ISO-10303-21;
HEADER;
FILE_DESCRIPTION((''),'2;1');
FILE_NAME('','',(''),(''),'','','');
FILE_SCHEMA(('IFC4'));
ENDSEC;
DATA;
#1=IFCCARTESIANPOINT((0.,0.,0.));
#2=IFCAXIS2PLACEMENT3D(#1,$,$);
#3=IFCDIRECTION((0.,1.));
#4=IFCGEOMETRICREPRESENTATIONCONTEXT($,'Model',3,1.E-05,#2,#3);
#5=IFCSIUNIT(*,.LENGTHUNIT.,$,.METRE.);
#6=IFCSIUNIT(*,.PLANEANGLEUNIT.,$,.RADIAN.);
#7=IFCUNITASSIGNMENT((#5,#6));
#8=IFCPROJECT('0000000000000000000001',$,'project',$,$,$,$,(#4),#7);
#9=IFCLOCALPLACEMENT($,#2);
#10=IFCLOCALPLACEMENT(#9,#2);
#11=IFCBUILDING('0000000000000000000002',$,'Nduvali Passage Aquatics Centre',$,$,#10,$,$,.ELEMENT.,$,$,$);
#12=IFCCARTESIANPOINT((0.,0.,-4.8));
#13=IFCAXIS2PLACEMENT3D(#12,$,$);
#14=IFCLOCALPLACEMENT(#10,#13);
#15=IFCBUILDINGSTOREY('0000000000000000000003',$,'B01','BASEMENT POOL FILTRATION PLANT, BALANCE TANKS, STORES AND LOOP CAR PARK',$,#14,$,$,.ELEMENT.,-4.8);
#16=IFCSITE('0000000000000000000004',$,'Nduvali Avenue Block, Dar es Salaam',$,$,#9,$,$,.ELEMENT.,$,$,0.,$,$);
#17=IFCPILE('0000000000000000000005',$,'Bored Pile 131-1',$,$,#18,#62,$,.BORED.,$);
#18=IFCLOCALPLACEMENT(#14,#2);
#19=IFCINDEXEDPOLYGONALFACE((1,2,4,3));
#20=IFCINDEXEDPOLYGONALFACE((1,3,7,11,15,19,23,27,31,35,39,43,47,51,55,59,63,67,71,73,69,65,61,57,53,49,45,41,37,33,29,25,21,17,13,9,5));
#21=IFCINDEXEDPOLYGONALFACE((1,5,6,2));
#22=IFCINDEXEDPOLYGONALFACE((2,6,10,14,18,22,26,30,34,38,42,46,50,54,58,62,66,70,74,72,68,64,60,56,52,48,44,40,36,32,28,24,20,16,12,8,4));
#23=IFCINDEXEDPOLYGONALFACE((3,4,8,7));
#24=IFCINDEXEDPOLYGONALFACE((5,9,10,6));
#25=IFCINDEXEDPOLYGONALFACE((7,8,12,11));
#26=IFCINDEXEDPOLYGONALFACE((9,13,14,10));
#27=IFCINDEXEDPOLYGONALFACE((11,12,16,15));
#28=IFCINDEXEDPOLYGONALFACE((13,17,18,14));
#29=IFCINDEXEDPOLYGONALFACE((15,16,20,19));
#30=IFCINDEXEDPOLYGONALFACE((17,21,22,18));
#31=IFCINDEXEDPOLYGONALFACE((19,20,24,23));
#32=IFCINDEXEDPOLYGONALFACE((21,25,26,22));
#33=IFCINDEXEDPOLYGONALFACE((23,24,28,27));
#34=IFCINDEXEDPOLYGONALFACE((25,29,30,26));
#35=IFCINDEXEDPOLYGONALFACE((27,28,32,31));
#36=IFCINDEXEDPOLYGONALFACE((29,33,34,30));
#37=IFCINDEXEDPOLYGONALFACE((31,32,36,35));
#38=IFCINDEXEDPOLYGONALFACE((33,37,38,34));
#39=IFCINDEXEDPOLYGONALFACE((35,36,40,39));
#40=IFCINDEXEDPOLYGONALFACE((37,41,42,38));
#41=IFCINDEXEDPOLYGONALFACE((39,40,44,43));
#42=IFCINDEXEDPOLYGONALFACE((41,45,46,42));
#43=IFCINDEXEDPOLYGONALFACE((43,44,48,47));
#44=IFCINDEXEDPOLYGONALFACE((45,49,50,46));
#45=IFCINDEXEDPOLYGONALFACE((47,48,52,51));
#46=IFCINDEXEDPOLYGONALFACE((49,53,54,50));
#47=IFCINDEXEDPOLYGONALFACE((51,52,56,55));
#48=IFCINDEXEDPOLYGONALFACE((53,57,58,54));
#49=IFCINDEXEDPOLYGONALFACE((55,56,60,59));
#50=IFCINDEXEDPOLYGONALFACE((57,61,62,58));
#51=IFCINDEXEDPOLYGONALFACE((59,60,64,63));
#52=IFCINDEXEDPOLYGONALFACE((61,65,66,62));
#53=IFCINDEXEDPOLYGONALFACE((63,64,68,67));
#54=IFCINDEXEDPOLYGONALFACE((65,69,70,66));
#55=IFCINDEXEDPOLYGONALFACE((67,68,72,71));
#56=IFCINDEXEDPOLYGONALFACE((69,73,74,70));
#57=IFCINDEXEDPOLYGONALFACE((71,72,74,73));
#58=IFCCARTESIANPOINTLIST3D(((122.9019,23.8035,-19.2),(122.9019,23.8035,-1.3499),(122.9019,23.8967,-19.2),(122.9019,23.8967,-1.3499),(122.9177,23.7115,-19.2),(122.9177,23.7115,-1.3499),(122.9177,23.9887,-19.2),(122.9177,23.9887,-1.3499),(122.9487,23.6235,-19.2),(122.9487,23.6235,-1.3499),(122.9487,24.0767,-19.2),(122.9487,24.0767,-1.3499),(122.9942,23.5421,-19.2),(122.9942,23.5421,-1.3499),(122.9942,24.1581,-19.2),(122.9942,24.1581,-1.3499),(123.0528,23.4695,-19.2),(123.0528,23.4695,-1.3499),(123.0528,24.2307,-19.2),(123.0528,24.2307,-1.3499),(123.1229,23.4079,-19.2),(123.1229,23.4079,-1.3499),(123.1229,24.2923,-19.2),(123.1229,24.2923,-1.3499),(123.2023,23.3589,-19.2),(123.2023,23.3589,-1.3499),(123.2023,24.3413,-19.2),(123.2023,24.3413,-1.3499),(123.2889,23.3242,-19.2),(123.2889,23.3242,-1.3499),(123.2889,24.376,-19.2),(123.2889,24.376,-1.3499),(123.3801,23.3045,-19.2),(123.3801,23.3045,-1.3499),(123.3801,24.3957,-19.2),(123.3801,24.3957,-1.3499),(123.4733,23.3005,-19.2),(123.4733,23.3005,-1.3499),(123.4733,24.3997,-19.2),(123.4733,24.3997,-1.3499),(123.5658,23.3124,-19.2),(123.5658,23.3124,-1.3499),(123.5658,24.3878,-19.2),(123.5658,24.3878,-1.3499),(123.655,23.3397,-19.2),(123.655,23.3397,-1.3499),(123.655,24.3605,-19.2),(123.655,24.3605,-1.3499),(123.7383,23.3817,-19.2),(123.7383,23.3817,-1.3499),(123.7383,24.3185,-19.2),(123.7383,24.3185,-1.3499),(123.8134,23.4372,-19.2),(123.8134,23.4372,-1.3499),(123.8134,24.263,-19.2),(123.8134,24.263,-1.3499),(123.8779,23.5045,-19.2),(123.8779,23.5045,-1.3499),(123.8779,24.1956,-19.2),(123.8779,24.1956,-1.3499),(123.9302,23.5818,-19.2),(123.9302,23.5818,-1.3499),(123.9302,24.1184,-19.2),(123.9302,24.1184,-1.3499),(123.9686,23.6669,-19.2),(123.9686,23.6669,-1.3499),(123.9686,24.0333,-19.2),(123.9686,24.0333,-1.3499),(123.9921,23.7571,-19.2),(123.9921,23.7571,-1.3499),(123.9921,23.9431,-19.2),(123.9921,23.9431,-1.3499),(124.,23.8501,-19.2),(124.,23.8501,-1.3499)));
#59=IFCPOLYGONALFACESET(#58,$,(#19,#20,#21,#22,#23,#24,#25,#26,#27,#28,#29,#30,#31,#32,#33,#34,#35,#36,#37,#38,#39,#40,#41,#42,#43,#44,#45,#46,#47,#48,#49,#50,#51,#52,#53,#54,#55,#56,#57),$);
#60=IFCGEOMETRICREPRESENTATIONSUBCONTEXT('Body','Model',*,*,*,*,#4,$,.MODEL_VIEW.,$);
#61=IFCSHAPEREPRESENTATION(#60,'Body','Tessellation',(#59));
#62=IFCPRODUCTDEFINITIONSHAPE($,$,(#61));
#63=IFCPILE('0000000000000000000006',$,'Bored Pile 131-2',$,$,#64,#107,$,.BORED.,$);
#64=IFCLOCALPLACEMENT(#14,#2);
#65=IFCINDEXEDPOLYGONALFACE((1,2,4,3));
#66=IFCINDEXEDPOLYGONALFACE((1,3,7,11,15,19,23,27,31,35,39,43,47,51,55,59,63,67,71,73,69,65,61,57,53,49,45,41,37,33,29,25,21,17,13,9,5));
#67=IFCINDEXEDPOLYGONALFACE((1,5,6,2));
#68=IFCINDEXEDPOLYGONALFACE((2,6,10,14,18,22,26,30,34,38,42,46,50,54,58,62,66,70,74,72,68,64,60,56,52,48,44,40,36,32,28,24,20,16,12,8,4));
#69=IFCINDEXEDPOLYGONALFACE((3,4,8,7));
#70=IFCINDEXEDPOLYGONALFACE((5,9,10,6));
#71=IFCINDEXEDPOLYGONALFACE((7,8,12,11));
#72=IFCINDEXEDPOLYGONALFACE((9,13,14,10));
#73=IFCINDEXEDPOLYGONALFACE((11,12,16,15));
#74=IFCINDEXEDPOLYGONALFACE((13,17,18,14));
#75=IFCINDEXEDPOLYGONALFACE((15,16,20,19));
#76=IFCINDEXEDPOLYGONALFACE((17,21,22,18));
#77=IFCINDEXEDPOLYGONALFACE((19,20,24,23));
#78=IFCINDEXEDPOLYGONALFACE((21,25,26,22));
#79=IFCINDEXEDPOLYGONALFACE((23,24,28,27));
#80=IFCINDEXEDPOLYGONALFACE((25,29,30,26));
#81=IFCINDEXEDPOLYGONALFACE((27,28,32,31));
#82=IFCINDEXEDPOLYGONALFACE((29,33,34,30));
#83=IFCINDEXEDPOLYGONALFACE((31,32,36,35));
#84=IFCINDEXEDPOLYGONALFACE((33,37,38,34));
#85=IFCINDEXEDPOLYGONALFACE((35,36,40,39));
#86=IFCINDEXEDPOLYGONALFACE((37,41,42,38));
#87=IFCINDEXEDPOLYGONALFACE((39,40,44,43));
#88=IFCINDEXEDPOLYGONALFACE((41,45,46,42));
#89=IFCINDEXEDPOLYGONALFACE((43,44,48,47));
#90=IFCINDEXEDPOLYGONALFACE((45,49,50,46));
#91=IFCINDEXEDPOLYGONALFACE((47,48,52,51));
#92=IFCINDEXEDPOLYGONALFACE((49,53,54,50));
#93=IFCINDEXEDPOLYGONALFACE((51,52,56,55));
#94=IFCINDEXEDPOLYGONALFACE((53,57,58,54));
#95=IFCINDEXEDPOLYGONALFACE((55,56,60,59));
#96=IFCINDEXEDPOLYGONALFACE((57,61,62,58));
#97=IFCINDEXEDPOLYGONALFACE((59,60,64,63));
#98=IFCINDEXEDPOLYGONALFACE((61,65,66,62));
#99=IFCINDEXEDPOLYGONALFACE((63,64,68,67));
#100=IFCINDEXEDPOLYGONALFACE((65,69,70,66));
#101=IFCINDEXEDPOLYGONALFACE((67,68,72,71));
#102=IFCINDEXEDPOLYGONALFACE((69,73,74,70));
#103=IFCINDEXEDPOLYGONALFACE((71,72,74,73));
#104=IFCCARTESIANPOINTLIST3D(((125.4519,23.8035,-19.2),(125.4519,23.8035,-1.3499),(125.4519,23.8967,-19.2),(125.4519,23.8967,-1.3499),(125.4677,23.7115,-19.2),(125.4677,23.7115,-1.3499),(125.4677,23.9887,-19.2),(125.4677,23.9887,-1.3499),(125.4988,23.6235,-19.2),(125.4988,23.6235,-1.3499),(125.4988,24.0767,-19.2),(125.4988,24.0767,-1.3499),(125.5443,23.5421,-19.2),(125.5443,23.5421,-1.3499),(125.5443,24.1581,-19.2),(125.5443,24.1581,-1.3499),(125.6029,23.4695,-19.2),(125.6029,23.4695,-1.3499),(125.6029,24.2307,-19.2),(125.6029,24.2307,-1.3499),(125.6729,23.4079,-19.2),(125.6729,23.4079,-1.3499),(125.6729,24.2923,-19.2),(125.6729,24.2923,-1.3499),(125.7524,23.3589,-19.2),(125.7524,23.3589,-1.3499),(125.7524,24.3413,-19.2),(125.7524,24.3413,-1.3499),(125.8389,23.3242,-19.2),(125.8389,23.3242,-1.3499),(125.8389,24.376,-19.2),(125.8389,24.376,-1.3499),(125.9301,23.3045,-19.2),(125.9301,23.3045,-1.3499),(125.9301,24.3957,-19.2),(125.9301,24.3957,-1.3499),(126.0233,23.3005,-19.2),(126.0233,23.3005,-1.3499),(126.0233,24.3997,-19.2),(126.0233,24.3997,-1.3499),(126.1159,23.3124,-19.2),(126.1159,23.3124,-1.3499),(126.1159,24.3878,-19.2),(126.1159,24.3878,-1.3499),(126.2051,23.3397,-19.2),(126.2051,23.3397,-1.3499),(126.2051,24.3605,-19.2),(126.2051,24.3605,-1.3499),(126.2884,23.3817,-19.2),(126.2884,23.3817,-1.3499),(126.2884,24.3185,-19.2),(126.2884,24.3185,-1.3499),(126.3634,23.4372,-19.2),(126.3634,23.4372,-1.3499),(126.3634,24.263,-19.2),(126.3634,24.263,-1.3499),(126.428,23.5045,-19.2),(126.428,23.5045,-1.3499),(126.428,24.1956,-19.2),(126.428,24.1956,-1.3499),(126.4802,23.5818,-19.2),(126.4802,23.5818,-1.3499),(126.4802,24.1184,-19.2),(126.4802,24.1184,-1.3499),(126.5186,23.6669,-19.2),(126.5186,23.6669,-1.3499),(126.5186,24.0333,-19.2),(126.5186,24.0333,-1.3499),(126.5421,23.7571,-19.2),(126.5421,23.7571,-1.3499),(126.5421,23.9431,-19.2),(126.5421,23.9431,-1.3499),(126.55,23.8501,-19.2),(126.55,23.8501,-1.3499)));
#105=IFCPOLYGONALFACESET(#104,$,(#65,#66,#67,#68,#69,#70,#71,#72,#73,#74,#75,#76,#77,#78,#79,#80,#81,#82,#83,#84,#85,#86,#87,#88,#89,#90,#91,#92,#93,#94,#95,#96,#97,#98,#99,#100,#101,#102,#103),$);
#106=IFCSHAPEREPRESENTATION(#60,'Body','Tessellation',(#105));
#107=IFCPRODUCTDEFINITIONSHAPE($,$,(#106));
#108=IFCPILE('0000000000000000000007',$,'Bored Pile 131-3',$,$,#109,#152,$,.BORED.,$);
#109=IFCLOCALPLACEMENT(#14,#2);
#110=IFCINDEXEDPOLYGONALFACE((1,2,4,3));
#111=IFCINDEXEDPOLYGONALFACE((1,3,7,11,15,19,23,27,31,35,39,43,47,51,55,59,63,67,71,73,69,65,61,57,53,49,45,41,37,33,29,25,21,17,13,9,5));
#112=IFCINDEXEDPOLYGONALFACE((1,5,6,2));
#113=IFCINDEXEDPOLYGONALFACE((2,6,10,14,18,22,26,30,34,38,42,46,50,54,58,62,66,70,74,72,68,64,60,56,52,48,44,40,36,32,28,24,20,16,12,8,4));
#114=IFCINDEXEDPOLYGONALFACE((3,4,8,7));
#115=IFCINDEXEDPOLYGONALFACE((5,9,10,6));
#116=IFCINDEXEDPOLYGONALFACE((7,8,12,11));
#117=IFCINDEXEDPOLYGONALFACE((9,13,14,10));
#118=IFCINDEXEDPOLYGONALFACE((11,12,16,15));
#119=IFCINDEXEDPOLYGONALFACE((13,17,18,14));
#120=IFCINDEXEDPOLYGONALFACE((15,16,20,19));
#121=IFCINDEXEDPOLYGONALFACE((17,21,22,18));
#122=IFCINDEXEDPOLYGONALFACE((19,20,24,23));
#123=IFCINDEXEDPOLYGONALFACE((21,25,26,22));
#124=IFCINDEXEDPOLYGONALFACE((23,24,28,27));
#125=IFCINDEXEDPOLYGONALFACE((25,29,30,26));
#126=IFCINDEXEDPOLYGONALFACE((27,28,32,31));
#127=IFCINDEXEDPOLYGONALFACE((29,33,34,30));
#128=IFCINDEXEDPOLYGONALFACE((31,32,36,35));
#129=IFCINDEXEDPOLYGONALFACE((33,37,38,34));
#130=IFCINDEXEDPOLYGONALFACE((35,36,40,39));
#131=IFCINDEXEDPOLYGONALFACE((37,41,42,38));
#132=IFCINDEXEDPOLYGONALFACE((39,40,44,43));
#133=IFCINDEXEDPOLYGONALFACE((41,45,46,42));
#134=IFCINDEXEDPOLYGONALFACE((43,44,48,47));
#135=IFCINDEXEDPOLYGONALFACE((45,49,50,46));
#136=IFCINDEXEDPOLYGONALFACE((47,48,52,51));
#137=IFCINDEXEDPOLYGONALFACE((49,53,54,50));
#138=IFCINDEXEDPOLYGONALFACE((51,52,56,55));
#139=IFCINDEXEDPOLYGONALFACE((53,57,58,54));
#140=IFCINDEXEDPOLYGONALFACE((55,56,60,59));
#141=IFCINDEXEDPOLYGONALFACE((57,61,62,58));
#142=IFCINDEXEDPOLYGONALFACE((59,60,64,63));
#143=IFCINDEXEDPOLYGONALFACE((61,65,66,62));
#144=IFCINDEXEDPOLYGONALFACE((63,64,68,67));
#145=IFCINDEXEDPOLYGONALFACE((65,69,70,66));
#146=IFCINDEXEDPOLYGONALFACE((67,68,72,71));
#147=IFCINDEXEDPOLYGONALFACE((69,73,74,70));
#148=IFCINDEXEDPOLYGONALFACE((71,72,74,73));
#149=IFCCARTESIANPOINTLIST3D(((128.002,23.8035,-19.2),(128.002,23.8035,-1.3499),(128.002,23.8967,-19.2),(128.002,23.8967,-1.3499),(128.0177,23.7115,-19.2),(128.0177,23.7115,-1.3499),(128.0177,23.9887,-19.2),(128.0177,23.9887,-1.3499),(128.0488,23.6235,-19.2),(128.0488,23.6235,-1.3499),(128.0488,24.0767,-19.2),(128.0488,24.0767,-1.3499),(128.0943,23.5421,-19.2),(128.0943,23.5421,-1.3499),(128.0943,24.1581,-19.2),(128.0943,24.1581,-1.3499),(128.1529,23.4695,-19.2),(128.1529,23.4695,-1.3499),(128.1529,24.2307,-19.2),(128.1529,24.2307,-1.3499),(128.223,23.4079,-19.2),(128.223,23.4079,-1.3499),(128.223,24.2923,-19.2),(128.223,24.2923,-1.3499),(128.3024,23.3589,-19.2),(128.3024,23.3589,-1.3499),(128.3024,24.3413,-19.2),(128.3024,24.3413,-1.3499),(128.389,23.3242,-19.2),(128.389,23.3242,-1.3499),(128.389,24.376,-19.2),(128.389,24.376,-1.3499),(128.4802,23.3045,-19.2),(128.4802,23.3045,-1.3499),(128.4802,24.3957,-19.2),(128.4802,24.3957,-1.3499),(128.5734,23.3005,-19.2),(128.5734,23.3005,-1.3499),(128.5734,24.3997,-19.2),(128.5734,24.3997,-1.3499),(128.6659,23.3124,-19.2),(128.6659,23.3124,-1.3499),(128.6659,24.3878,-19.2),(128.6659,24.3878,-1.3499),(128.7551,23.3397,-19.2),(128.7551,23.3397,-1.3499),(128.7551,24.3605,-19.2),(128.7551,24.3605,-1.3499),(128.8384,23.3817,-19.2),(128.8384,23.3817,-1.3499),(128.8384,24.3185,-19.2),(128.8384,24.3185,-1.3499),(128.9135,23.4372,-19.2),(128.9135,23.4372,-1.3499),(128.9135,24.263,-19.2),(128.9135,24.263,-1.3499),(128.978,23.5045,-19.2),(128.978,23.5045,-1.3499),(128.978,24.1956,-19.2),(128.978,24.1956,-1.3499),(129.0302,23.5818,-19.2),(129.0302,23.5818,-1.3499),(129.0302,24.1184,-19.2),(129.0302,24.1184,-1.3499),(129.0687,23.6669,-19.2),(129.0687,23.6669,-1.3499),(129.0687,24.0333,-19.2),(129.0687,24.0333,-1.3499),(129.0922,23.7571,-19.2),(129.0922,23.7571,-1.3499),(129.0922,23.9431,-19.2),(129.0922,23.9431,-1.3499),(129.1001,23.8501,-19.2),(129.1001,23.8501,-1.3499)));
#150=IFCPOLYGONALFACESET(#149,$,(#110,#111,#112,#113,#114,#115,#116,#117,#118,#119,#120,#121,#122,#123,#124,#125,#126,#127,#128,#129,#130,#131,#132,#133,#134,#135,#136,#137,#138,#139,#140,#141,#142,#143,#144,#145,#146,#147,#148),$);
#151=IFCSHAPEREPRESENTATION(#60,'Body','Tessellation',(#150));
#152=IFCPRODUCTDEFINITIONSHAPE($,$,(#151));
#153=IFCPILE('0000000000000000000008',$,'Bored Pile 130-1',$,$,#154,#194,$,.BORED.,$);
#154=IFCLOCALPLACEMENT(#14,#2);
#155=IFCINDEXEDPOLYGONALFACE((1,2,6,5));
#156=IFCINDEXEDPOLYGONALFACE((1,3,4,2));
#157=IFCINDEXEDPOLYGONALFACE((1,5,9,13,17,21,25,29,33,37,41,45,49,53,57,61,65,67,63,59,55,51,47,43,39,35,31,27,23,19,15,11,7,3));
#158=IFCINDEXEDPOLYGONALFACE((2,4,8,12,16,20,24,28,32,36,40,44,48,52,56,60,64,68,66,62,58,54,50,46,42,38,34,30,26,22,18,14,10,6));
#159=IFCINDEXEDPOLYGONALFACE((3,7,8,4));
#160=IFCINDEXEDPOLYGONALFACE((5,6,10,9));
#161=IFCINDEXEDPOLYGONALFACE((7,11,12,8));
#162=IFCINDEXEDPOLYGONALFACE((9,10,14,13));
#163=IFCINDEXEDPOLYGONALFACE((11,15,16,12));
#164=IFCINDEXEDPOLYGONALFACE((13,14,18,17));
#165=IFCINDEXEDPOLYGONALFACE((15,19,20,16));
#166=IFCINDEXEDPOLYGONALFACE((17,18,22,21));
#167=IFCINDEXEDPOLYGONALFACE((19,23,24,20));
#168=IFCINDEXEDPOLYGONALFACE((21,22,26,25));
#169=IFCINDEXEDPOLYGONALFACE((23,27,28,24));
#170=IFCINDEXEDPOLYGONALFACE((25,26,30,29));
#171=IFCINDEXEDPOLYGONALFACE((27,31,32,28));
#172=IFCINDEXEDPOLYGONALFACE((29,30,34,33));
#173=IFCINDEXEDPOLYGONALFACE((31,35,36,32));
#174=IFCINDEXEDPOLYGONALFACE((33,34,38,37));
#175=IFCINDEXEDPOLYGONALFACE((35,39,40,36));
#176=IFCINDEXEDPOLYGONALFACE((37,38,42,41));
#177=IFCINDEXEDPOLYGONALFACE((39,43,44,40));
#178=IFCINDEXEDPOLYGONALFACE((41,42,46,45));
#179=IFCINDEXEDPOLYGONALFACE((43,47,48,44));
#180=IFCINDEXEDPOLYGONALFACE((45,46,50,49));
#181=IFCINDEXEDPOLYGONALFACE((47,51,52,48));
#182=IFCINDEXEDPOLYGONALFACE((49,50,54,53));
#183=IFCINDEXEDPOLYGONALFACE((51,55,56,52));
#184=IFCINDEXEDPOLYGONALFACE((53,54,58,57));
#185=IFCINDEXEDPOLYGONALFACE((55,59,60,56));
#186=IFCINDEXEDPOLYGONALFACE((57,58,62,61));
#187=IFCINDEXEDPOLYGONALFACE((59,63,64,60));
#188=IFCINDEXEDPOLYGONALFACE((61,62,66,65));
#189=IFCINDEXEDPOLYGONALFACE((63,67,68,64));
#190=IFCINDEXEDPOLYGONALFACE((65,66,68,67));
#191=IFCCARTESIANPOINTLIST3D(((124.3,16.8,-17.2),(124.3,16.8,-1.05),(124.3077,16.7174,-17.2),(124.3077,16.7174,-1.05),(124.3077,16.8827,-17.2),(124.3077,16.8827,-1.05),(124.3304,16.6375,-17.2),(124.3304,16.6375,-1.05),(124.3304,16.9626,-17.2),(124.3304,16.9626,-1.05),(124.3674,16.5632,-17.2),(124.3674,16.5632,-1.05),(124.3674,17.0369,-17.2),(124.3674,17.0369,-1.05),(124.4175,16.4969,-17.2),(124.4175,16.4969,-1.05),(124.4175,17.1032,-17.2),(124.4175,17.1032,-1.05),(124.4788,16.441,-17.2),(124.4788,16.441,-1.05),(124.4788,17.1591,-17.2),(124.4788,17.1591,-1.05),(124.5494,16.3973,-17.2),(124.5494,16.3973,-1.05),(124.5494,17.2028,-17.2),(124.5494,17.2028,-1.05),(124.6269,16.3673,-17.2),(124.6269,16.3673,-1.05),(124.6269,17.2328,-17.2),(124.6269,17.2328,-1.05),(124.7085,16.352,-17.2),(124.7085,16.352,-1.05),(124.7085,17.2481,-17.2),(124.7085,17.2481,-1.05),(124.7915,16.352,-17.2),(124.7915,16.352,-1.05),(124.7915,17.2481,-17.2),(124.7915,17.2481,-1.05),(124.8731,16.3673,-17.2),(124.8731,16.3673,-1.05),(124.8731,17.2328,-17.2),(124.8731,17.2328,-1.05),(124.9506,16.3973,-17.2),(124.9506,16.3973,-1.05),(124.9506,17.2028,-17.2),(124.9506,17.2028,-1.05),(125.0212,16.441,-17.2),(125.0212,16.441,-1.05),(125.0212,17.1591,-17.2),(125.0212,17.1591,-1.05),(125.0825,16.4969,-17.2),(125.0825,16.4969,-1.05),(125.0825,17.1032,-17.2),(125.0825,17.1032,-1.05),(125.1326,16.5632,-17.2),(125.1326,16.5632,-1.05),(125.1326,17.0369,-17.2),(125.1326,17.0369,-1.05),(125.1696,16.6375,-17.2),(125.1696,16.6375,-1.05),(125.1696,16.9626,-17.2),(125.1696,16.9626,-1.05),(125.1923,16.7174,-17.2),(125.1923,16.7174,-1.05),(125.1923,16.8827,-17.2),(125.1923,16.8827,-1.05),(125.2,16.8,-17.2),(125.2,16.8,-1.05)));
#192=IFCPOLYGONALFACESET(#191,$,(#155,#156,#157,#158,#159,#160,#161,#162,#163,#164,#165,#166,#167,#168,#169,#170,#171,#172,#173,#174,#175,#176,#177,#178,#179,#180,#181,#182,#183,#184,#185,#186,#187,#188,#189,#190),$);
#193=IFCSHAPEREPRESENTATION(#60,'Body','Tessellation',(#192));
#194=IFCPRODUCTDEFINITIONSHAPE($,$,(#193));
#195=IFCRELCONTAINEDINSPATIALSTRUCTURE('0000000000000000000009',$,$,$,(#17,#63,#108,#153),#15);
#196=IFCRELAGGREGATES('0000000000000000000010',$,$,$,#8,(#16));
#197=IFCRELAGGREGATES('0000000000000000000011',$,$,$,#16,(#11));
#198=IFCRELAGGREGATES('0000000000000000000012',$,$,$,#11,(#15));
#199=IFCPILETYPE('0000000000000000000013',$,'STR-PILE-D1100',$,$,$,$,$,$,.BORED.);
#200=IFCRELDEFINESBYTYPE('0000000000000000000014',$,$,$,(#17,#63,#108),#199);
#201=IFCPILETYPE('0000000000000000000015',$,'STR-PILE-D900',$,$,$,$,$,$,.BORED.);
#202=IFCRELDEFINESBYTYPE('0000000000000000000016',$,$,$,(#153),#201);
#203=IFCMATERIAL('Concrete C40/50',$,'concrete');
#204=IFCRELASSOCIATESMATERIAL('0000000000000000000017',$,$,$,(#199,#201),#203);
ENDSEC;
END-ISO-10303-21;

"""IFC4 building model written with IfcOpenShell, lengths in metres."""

from ifc_helpers import new_model, si_unit, direction, frame, origin, origin_2d, place, context, subcontext, project, spatial, circle, extrude, material, material_profile, profile_set, type_object, element, save


model = new_model("IFC4")

# Units and contexts
model_context = context("Model", 3, precision=1e-05, world=origin(), true_north=direction((0.0, 1.0)))
body_context = subcontext(model_context, "Body", "Model", "MODEL_VIEW")
ifc_project = project(units=[si_unit("LENGTHUNIT", "METRE"), si_unit("PLANEANGLEUNIT", "RADIAN")], contexts=[model_context])

# Site, building, storey
site_placement = place(None, origin())
site = spatial("IfcSite", under=ifc_project, at=site_placement, Name="Nduvali Avenue Block, Dar es Salaam", CompositionType="ELEMENT", RefElevation=0.0)
building_placement = place(site_placement, origin())
building = spatial("IfcBuilding", under=site, at=building_placement, Name="Nduvali Passage Aquatics Centre", CompositionType="ELEMENT")
storey_placement = place(building_placement, frame((0.0, 0.0, -4.8)))
storey = spatial("IfcBuildingStorey", under=building, at=storey_placement, Name="B01", Description="BASEMENT POOL FILTRATION PLANT, BALANCE TANKS, STORES AND LOOP CAR PARK", CompositionType="ELEMENT", Elevation=-4.8)

# Shared definitions
ifc_material_1 = material(Name="Concrete C40/50", Category="concrete")

# Piles
ifc_material_profile_1 = material_profile(ifc_material_1, circle(Radius=0.55, at=origin_2d()), Name="PILE D1100")
ifc_profile_set_1 = profile_set([ifc_material_profile_1], Name="Concrete C40/50")
pile_type_1 = type_object("IfcPileType", Name="STR-PILE-D1100", PredefinedType="BORED", material=ifc_profile_set_1)
for number, where, z_axis, x_axis, name in (
    (1, (123.45, 23.8501, -1.3499), (0.0, 0.0, -1.0), (1.0, 0.0, 0.0), "Bored Pile 131-1"),
    (2, (126.0, 23.8501, -1.3499), (0.0, 0.0, -1.0), (1.0, 0.0, 0.0), "Bored Pile 131-2"),
    (3, (128.55, 23.8501, -1.3499), (0.0, 0.0, -1.0), (1.0, 0.0, 0.0), "Bored Pile 131-3"),
):
    element("IfcPile", number, at=place(storey_placement, frame(where, z_axis=z_axis, x_axis=x_axis)), inside=storey, type_object=pile_type_1, Name=name, PredefinedType="BORED", context=body_context, shape_type="SweptSolid", body=[
        extrude(circle(Radius=0.55, at=origin_2d()), origin(), (0.0, 0.0, 1.0), 17.8501),
    ])
ifc_material_profile_2 = material_profile(ifc_material_1, circle(Radius=0.45, at=origin_2d()), Name="PILE D900")
ifc_profile_set_2 = profile_set([ifc_material_profile_2], Name="Concrete C40/50")
pile_type_2 = type_object("IfcPileType", Name="STR-PILE-D900", PredefinedType="BORED", material=ifc_profile_set_2)
for number, where, z_axis, x_axis, name in (
    (4, (124.75, 16.8, -1.05), (0.0, 0.0, -1.0), (1.0, 0.0, 0.0), "Bored Pile 130-1"),
):
    element("IfcPile", number, at=place(storey_placement, frame(where, z_axis=z_axis, x_axis=x_axis)), inside=storey, type_object=pile_type_2, Name=name, PredefinedType="BORED", context=body_context, shape_type="SweptSolid", body=[
        extrude(circle(Radius=0.45, at=origin_2d()), origin(), (0.0, 0.0, 1.0), 16.1499),
    ])

save(model, "model.ifc")
